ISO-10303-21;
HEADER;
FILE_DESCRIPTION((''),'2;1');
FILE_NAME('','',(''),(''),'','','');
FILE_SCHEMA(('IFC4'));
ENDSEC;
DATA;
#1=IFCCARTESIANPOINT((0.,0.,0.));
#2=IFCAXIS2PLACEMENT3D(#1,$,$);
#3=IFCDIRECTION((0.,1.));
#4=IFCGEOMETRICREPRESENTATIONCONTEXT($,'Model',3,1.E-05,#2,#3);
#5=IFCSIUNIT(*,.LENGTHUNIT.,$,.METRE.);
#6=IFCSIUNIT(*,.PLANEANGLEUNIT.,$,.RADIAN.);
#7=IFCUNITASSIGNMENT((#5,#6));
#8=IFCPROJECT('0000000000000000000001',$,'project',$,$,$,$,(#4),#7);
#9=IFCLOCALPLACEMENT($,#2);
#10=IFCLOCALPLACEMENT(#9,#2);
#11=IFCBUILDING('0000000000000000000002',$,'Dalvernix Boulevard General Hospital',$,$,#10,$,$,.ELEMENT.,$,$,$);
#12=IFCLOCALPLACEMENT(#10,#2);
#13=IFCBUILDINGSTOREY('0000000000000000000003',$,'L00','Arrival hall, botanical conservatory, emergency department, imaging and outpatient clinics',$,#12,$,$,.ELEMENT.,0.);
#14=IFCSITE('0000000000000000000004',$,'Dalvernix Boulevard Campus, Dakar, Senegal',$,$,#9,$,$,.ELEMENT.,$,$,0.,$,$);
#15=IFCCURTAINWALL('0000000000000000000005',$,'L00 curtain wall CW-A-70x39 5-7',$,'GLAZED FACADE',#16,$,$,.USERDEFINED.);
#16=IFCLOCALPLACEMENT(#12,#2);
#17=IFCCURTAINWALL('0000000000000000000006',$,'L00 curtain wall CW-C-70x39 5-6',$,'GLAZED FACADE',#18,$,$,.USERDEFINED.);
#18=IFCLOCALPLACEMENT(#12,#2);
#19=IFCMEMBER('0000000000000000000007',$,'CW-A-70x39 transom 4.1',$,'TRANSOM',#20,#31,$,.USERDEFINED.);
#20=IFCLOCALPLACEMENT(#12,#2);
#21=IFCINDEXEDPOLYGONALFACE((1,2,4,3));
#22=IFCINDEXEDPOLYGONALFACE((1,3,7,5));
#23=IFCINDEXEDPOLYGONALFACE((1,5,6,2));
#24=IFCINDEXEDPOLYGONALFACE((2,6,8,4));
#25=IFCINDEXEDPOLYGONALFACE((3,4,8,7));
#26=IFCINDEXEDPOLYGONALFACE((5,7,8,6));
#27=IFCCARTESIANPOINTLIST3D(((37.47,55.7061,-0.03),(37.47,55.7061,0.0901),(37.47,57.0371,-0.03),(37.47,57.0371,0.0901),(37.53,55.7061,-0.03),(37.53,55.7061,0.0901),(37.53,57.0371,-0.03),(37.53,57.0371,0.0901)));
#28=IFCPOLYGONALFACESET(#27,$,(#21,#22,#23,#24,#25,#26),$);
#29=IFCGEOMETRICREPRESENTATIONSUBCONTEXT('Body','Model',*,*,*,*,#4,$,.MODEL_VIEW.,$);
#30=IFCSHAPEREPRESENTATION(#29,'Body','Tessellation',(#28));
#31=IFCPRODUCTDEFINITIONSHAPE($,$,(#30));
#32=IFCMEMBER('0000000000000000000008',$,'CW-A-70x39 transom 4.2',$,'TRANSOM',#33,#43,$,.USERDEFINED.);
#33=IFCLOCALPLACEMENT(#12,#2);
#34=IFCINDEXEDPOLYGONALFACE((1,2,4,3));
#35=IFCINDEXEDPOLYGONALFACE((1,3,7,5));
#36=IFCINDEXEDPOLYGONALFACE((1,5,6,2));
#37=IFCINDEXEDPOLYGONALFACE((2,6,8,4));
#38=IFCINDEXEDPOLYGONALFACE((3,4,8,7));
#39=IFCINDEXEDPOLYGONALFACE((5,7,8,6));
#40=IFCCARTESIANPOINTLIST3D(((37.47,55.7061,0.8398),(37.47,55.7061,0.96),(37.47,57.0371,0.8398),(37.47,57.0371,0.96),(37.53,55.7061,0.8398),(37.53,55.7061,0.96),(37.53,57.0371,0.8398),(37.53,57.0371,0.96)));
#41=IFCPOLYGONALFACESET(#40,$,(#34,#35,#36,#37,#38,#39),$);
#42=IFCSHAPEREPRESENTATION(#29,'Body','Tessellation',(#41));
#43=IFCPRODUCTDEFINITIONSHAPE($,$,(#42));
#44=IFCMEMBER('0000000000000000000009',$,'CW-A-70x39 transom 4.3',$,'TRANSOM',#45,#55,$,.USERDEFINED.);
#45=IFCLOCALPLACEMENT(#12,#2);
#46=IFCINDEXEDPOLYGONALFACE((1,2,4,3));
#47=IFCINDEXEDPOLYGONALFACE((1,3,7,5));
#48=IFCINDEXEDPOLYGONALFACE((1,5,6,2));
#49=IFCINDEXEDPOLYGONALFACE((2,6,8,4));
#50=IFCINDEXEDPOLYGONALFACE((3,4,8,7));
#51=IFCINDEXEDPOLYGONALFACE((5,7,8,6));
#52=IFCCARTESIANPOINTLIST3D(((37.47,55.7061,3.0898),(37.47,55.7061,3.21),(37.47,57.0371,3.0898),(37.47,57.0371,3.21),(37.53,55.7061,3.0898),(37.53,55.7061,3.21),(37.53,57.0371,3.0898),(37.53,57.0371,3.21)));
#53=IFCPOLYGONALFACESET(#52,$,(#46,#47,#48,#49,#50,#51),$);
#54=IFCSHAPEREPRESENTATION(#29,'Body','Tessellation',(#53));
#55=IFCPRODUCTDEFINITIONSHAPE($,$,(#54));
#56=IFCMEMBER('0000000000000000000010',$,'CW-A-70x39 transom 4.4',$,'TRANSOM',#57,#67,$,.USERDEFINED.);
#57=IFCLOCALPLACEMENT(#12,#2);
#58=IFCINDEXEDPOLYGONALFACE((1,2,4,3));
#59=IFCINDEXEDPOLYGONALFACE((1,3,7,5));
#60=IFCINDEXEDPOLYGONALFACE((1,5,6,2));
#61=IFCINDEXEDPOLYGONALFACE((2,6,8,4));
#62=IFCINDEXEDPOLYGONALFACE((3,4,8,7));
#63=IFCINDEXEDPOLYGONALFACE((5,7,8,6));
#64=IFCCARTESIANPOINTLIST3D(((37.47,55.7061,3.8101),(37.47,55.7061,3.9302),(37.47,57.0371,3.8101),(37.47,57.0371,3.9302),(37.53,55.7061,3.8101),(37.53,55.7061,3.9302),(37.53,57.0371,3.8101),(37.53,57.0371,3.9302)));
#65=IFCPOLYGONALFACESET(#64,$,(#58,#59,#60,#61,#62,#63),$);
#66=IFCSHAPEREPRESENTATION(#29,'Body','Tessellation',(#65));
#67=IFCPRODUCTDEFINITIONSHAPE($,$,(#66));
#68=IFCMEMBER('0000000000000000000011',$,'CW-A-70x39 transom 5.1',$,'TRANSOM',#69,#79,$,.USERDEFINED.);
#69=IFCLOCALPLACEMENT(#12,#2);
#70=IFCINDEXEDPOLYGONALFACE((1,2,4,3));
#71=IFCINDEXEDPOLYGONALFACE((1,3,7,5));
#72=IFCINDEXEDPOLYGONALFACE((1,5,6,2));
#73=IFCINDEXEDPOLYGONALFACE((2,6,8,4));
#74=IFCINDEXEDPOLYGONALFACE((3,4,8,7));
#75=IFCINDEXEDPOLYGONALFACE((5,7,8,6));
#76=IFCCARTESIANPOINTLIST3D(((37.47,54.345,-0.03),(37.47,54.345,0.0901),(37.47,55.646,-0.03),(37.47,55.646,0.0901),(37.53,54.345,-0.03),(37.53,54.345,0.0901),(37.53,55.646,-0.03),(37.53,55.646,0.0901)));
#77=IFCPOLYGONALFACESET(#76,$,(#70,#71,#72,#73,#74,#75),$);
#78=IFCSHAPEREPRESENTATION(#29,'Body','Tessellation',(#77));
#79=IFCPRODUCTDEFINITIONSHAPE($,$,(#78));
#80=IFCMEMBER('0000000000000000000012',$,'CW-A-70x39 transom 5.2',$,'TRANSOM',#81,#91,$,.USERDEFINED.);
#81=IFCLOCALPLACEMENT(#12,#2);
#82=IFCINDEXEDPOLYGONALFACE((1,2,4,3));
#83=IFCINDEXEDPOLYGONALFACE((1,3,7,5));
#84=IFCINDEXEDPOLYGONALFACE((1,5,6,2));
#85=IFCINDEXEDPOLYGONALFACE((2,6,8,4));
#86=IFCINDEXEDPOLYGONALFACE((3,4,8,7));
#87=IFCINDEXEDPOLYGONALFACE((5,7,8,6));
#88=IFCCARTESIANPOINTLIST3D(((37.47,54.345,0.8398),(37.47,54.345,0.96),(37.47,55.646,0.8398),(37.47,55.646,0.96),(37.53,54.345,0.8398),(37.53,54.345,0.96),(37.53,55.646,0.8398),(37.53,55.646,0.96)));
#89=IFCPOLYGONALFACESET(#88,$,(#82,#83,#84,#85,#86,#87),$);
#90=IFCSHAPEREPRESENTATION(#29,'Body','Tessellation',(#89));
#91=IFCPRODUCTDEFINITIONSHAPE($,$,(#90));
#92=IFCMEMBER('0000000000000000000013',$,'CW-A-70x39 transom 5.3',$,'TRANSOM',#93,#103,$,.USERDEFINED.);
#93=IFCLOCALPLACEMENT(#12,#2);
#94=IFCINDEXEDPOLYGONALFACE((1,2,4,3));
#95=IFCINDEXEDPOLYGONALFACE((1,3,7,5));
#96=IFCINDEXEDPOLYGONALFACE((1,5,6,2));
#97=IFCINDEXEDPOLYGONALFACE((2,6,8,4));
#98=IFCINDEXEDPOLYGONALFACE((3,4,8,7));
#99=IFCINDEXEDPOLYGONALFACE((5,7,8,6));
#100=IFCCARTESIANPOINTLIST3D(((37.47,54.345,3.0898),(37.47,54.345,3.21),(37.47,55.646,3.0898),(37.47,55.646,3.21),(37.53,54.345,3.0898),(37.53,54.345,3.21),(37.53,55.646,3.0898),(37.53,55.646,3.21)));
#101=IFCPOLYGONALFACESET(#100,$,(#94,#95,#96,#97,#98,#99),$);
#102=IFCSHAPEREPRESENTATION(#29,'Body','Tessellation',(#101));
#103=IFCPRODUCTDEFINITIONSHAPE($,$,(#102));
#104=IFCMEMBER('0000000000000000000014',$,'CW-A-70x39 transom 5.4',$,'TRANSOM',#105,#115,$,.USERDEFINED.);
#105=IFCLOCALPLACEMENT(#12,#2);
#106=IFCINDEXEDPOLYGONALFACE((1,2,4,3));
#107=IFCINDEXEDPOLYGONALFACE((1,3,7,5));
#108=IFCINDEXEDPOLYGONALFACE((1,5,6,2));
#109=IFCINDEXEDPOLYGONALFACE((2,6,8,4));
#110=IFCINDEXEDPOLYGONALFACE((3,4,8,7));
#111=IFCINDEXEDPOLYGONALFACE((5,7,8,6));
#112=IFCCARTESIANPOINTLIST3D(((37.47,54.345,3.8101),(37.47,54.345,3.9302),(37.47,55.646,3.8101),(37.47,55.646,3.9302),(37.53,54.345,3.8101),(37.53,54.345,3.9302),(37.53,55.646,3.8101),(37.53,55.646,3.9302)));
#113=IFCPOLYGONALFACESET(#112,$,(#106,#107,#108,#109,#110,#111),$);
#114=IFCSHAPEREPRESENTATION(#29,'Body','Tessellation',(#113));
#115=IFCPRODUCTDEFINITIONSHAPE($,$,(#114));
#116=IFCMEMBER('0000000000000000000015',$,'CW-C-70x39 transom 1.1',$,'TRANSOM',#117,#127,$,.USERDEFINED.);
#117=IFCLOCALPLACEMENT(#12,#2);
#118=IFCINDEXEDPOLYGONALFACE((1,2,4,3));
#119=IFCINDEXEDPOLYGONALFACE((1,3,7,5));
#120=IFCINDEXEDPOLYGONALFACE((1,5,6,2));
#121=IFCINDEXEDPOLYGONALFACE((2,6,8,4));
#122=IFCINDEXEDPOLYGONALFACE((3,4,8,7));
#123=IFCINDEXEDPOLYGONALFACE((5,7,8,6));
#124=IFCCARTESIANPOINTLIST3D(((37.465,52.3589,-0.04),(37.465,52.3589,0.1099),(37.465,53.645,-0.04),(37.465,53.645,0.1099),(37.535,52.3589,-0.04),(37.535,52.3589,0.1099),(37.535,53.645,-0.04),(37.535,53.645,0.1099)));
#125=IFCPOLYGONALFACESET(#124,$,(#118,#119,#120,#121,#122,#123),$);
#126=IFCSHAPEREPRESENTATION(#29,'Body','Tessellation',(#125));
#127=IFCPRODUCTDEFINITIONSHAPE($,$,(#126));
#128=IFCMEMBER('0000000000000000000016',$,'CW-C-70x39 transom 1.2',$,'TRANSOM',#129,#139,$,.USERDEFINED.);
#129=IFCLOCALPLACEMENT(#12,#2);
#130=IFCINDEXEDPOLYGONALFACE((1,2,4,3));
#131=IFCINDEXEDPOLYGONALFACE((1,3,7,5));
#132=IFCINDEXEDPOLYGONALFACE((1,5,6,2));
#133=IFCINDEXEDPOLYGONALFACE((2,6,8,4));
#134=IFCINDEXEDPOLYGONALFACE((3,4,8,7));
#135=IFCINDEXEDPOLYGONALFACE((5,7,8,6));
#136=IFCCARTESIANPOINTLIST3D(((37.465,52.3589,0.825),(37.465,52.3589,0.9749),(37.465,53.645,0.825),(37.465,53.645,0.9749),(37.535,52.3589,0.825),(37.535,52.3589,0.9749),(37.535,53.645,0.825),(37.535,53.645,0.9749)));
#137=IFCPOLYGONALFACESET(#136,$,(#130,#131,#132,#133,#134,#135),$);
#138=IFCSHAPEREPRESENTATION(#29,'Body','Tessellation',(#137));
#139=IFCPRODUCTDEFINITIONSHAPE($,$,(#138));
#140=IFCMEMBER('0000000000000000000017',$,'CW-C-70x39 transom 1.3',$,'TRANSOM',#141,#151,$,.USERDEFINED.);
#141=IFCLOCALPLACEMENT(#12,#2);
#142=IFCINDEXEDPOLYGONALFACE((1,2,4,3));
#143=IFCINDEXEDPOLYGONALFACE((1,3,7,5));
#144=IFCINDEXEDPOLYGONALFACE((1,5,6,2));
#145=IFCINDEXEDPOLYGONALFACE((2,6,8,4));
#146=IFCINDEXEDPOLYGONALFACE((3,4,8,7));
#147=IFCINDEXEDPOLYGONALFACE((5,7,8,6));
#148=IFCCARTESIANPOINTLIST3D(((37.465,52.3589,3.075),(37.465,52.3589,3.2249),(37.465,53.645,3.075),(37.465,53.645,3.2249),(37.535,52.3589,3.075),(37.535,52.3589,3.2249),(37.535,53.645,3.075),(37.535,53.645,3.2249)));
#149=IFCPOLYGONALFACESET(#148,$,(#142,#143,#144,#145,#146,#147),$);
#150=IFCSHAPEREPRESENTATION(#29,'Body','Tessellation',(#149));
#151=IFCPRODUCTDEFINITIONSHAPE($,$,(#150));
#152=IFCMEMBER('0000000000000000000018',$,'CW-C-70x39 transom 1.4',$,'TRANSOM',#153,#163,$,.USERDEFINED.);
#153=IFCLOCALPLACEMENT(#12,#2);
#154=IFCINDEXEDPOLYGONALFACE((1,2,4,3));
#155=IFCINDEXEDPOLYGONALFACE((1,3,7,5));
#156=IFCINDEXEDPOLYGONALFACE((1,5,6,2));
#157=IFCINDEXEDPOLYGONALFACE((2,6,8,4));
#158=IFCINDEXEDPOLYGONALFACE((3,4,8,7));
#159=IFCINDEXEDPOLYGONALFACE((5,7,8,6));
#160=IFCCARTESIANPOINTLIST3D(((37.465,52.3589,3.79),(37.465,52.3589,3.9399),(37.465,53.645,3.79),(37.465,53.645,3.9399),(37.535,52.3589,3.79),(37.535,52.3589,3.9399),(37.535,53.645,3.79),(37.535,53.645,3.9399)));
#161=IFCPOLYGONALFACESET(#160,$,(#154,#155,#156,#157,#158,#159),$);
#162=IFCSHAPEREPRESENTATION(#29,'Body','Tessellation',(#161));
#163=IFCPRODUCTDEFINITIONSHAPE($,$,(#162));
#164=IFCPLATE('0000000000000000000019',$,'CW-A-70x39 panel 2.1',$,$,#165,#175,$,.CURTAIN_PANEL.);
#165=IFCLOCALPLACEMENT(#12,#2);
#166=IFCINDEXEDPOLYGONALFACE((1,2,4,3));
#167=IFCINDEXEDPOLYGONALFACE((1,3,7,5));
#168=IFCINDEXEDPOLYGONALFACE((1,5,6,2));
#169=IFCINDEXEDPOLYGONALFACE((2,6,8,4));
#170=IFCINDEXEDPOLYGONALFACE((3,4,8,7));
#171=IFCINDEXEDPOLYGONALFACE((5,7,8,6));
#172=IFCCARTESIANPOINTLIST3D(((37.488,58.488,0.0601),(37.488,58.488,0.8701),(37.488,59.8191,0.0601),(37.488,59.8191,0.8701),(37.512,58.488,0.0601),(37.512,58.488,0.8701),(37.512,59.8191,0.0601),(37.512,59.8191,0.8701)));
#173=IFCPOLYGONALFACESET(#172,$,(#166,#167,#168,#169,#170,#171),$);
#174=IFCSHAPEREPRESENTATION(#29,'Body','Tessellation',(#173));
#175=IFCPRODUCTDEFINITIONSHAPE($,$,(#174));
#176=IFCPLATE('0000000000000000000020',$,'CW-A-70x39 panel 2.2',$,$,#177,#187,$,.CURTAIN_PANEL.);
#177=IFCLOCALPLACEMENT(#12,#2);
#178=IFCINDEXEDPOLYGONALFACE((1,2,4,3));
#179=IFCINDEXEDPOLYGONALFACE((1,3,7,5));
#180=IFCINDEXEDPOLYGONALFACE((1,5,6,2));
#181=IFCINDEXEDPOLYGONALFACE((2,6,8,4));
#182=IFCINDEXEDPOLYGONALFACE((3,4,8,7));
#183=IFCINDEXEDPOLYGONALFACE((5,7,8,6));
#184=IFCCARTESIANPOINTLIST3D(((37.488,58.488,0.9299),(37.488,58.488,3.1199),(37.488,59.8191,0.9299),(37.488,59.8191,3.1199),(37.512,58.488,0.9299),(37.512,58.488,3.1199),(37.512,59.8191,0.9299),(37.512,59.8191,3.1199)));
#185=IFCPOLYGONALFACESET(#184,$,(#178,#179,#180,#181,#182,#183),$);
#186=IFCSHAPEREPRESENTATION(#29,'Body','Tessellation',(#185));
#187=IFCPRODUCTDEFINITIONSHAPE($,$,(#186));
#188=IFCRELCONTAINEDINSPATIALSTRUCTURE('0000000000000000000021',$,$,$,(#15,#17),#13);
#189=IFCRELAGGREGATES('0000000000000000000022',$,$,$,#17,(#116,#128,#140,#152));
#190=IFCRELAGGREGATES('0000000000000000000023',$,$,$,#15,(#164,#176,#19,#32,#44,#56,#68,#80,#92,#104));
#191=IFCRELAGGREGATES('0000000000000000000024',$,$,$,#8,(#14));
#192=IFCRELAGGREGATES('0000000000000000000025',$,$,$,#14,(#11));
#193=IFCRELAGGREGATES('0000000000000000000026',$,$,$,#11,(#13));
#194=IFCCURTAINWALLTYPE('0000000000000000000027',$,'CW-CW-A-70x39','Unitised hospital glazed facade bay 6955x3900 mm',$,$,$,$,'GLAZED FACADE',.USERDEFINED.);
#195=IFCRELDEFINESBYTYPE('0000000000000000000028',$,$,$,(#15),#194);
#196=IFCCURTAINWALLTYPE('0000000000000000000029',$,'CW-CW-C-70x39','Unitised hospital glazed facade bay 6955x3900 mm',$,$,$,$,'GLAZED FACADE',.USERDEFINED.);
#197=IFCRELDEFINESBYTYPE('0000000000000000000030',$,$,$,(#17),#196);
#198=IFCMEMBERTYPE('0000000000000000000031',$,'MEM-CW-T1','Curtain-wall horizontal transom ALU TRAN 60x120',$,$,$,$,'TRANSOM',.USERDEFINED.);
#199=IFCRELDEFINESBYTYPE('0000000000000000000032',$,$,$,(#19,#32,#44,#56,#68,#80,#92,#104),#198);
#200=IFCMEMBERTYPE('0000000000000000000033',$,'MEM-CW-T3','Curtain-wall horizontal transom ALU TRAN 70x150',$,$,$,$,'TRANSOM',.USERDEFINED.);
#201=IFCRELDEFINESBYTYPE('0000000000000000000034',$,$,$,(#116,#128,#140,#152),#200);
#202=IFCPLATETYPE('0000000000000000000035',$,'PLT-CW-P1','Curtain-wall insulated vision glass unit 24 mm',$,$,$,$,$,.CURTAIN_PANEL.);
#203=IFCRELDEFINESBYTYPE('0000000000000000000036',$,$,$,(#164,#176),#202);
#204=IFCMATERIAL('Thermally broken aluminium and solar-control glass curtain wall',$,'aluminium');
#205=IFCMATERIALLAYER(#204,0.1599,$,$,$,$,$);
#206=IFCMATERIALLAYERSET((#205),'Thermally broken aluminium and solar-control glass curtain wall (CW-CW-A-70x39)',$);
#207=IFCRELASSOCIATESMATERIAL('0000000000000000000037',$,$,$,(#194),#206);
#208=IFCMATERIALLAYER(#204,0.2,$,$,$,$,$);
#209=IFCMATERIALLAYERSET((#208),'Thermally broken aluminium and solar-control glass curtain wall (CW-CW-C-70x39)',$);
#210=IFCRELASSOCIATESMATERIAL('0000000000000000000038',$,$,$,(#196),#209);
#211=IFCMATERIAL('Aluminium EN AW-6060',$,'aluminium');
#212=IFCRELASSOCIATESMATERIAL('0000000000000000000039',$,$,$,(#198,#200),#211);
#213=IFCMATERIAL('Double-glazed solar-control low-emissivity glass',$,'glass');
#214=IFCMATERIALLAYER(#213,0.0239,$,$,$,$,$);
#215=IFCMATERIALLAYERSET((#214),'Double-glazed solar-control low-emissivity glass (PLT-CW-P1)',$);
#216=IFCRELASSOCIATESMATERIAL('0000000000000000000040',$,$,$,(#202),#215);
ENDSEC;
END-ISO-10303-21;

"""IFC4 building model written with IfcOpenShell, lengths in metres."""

from ifc_helpers import new_model, si_unit, direction, frame, origin, origin_2d, place, context, subcontext, project, spatial, rectangle, extrude, material, layer, layer_set, material_profile, profile_set, type_object, element, aggregate, save


model = new_model("IFC4")

# Units and contexts
model_context = context("Model", 3, precision=1e-05, world=origin(), true_north=direction((0.0, 1.0)))
body_context = subcontext(model_context, "Body", "Model", "MODEL_VIEW")
ifc_project = project(units=[si_unit("LENGTHUNIT", "METRE"), si_unit("PLANEANGLEUNIT", "RADIAN")], contexts=[model_context])

# Site, building, storey
site_placement = place(None, origin())
site = spatial("IfcSite", under=ifc_project, at=site_placement, Name="Dalvernix Boulevard Campus, Dakar, Senegal", CompositionType="ELEMENT", RefElevation=0.0)
building_placement = place(site_placement, origin())
building = spatial("IfcBuilding", under=site, at=building_placement, Name="Dalvernix Boulevard General Hospital", CompositionType="ELEMENT")
storey_placement = place(building_placement, origin())
storey = spatial("IfcBuildingStorey", under=building, at=storey_placement, Name="L00", Description="Arrival hall, botanical conservatory, emergency department, imaging and outpatient clinics", CompositionType="ELEMENT", Elevation=0.0)

# Curtain wall
ifc_material_1 = material(Name="Thermally broken aluminium and solar-control glass curtain wall", Category="aluminium")
ifc_layer_1 = layer(ifc_material_1, 0.1599)
ifc_layer_set_1 = layer_set([ifc_layer_1], Name="Thermally broken aluminium and solar-control glass curtain wall (CW-CW-A-70x39)")
curtain_wall_type_1 = type_object("IfcCurtainWallType", Name="CW-CW-A-70x39", Description="Unitised hospital glazed facade bay 6955x3900 mm", ElementType="GLAZED FACADE", PredefinedType="USERDEFINED", material=ifc_layer_set_1)
curtain_wall_1_placement = place(storey_placement, origin())
curtain_wall_1 = element("IfcCurtainWall", 1, at=curtain_wall_1_placement, inside=storey, type_object=curtain_wall_type_1, Name="L00 curtain wall CW-A-70x39 5-7", ObjectType="GLAZED FACADE", PredefinedType="USERDEFINED")
ifc_material_2 = material(Name="Aluminium EN AW-6060", Category="aluminium")

# Curtain wall
ifc_layer_2 = layer(ifc_material_1, 0.2)
ifc_layer_set_2 = layer_set([ifc_layer_2], Name="Thermally broken aluminium and solar-control glass curtain wall (CW-CW-C-70x39)")
curtain_wall_type_2 = type_object("IfcCurtainWallType", Name="CW-CW-C-70x39", Description="Unitised hospital glazed facade bay 6955x3900 mm", ElementType="GLAZED FACADE", PredefinedType="USERDEFINED", material=ifc_layer_set_2)
curtain_wall_2_placement = place(storey_placement, origin())
curtain_wall_2 = element("IfcCurtainWall", 2, at=curtain_wall_2_placement, inside=storey, type_object=curtain_wall_type_2, Name="L00 curtain wall CW-C-70x39 5-6", ObjectType="GLAZED FACADE", PredefinedType="USERDEFINED")

# Members
ifc_material_profile_1 = material_profile(ifc_material_2, rectangle(XDim=0.0601, YDim=0.1201, at=origin_2d()), Name="ALU TRAN 60x120")
ifc_profile_set_1 = profile_set([ifc_material_profile_1], Name="Aluminium EN AW-6060")
member_type_1 = type_object("IfcMemberType", Name="MEM-CW-T1", Description="Curtain-wall horizontal transom ALU TRAN 60x120", ElementType="TRANSOM", PredefinedType="USERDEFINED", material=ifc_profile_set_1)
member_1_placement = place(storey_placement, frame((37.5, 57.0371, 0.03), z_axis=(0.0, -1.0, 0.0), x_axis=(1.0, 0.0, 0.0)))
member_1 = element("IfcMember", 3, at=member_1_placement, type_object=member_type_1, Name="CW-A-70x39 transom 4.1", ObjectType="TRANSOM", PredefinedType="USERDEFINED", context=body_context, shape_type="SweptSolid", body=[
    extrude(rectangle(XDim=0.0601, YDim=0.1201, at=origin_2d()), origin(), (0.0, 0.0, 1.0), 1.3311),
])
member_2_placement = place(storey_placement, frame((37.5, 57.0371, 0.8999), z_axis=(0.0, -1.0, 0.0), x_axis=(1.0, 0.0, 0.0)))
member_2 = element("IfcMember", 4, at=member_2_placement, type_object=member_type_1, Name="CW-A-70x39 transom 4.2", ObjectType="TRANSOM", PredefinedType="USERDEFINED", context=body_context, shape_type="SweptSolid", body=[
    extrude(rectangle(XDim=0.0601, YDim=0.1201, at=origin_2d()), origin(), (0.0, 0.0, 1.0), 1.3311),
])
member_3_placement = place(storey_placement, frame((37.5, 57.0371, 3.1499), z_axis=(0.0, -1.0, 0.0), x_axis=(1.0, 0.0, 0.0)))
member_3 = element("IfcMember", 5, at=member_3_placement, type_object=member_type_1, Name="CW-A-70x39 transom 4.3", ObjectType="TRANSOM", PredefinedType="USERDEFINED", context=body_context, shape_type="SweptSolid", body=[
    extrude(rectangle(XDim=0.0601, YDim=0.1201, at=origin_2d()), origin(), (0.0, 0.0, 1.0), 1.3311),
])
member_4_placement = place(storey_placement, frame((37.5, 57.0371, 3.8701), z_axis=(0.0, -1.0, 0.0), x_axis=(1.0, 0.0, 0.0)))
member_4 = element("IfcMember", 6, at=member_4_placement, type_object=member_type_1, Name="CW-A-70x39 transom 4.4", ObjectType="TRANSOM", PredefinedType="USERDEFINED", context=body_context, shape_type="SweptSolid", body=[
    extrude(rectangle(XDim=0.0601, YDim=0.1201, at=origin_2d()), origin(), (0.0, 0.0, 1.0), 1.3311),
])
member_5_placement = place(storey_placement, frame((37.5, 55.646, 0.03), z_axis=(0.0, -1.0, 0.0), x_axis=(1.0, 0.0, 0.0)))
member_5 = element("IfcMember", 7, at=member_5_placement, type_object=member_type_1, Name="CW-A-70x39 transom 5.1", ObjectType="TRANSOM", PredefinedType="USERDEFINED", context=body_context, shape_type="SweptSolid", body=[
    extrude(rectangle(XDim=0.0601, YDim=0.1201, at=origin_2d()), origin(), (0.0, 0.0, 1.0), 1.301),
])
member_6_placement = place(storey_placement, frame((37.5, 55.646, 0.8999), z_axis=(0.0, -1.0, 0.0), x_axis=(1.0, 0.0, 0.0)))
member_6 = element("IfcMember", 8, at=member_6_placement, type_object=member_type_1, Name="CW-A-70x39 transom 5.2", ObjectType="TRANSOM", PredefinedType="USERDEFINED", context=body_context, shape_type="SweptSolid", body=[
    extrude(rectangle(XDim=0.0601, YDim=0.1201, at=origin_2d()), origin(), (0.0, 0.0, 1.0), 1.301),
])
member_7_placement = place(storey_placement, frame((37.5, 55.646, 3.1499), z_axis=(0.0, -1.0, 0.0), x_axis=(1.0, 0.0, 0.0)))
member_7 = element("IfcMember", 9, at=member_7_placement, type_object=member_type_1, Name="CW-A-70x39 transom 5.3", ObjectType="TRANSOM", PredefinedType="USERDEFINED", context=body_context, shape_type="SweptSolid", body=[
    extrude(rectangle(XDim=0.0601, YDim=0.1201, at=origin_2d()), origin(), (0.0, 0.0, 1.0), 1.301),
])
member_8_placement = place(storey_placement, frame((37.5, 55.646, 3.8701), z_axis=(0.0, -1.0, 0.0), x_axis=(1.0, 0.0, 0.0)))
member_8 = element("IfcMember", 10, at=member_8_placement, type_object=member_type_1, Name="CW-A-70x39 transom 5.4", ObjectType="TRANSOM", PredefinedType="USERDEFINED", context=body_context, shape_type="SweptSolid", body=[
    extrude(rectangle(XDim=0.0601, YDim=0.1201, at=origin_2d()), origin(), (0.0, 0.0, 1.0), 1.301),
])
ifc_material_profile_2 = material_profile(ifc_material_2, rectangle(XDim=0.0701, YDim=0.1499, at=origin_2d()), Name="ALU TRAN 70x150")
ifc_profile_set_2 = profile_set([ifc_material_profile_2], Name="Aluminium EN AW-6060")
member_type_2 = type_object("IfcMemberType", Name="MEM-CW-T3", Description="Curtain-wall horizontal transom ALU TRAN 70x150", ElementType="TRANSOM", PredefinedType="USERDEFINED", material=ifc_profile_set_2)
member_9_placement = place(storey_placement, frame((37.5, 53.645, 0.0349), z_axis=(0.0, -1.0, 0.0), x_axis=(1.0, 0.0, 0.0)))
member_9 = element("IfcMember", 11, at=member_9_placement, type_object=member_type_2, Name="CW-C-70x39 transom 1.1", ObjectType="TRANSOM", PredefinedType="USERDEFINED", context=body_context, shape_type="SweptSolid", body=[
    extrude(rectangle(XDim=0.0701, YDim=0.1499, at=origin_2d()), origin(), (0.0, 0.0, 1.0), 1.2861),
])
member_10_placement = place(storey_placement, frame((37.5, 53.645, 0.8999), z_axis=(0.0, -1.0, 0.0), x_axis=(1.0, 0.0, 0.0)))
member_10 = element("IfcMember", 12, at=member_10_placement, type_object=member_type_2, Name="CW-C-70x39 transom 1.2", ObjectType="TRANSOM", PredefinedType="USERDEFINED", context=body_context, shape_type="SweptSolid", body=[
    extrude(rectangle(XDim=0.0701, YDim=0.1499, at=origin_2d()), origin(), (0.0, 0.0, 1.0), 1.2861),
])
member_11_placement = place(storey_placement, frame((37.5, 53.645, 3.1499), z_axis=(0.0, -1.0, 0.0), x_axis=(1.0, 0.0, 0.0)))
member_11 = element("IfcMember", 13, at=member_11_placement, type_object=member_type_2, Name="CW-C-70x39 transom 1.3", ObjectType="TRANSOM", PredefinedType="USERDEFINED", context=body_context, shape_type="SweptSolid", body=[
    extrude(rectangle(XDim=0.0701, YDim=0.1499, at=origin_2d()), origin(), (0.0, 0.0, 1.0), 1.2861),
])
member_12_placement = place(storey_placement, frame((37.5, 53.645, 3.865), z_axis=(0.0, -1.0, 0.0), x_axis=(1.0, 0.0, 0.0)))
member_12 = element("IfcMember", 14, at=member_12_placement, type_object=member_type_2, Name="CW-C-70x39 transom 1.4", ObjectType="TRANSOM", PredefinedType="USERDEFINED", context=body_context, shape_type="SweptSolid", body=[
    extrude(rectangle(XDim=0.0701, YDim=0.1499, at=origin_2d()), origin(), (0.0, 0.0, 1.0), 1.2861),
])
aggregate(curtain_wall_2, [member_9, member_10, member_11, member_12])

# Plates
ifc_material_3 = material(Name="Double-glazed solar-control low-emissivity glass", Category="glass")
ifc_layer_3 = layer(ifc_material_3, 0.0239)
ifc_layer_set_3 = layer_set([ifc_layer_3], Name="Double-glazed solar-control low-emissivity glass (PLT-CW-P1)")
plate_type = type_object("IfcPlateType", Name="PLT-CW-P1", Description="Curtain-wall insulated vision glass unit 24 mm", PredefinedType="CURTAIN_PANEL", material=ifc_layer_set_3)
plate_1_placement = place(storey_placement, frame((37.5, 59.1536, 0.0601), z_axis=(0.0, 0.0, 1.0), x_axis=(0.0, -1.0, 0.0)))
plate_1 = element("IfcPlate", 15, at=plate_1_placement, type_object=plate_type, Name="CW-A-70x39 panel 2.1", PredefinedType="CURTAIN_PANEL", context=body_context, shape_type="SweptSolid", body=[
    extrude(rectangle(XDim=1.3311, YDim=0.0239, at=origin_2d()), origin(), (0.0, 0.0, 1.0), 0.8101),
])
plate_2_placement = place(storey_placement, frame((37.5, 59.1536, 0.9299), z_axis=(0.0, 0.0, 1.0), x_axis=(0.0, -1.0, 0.0)))
plate_2 = element("IfcPlate", 16, at=plate_2_placement, type_object=plate_type, Name="CW-A-70x39 panel 2.2", PredefinedType="CURTAIN_PANEL", context=body_context, shape_type="SweptSolid", body=[
    extrude(rectangle(XDim=1.3311, YDim=0.0239, at=origin_2d()), origin(), (0.0, 0.0, 1.0), 2.1899),
])
aggregate(curtain_wall_1, [plate_1, plate_2, member_1, member_2, member_3, member_4, member_5, member_6, member_7, member_8])

save(model, "model.ifc")
